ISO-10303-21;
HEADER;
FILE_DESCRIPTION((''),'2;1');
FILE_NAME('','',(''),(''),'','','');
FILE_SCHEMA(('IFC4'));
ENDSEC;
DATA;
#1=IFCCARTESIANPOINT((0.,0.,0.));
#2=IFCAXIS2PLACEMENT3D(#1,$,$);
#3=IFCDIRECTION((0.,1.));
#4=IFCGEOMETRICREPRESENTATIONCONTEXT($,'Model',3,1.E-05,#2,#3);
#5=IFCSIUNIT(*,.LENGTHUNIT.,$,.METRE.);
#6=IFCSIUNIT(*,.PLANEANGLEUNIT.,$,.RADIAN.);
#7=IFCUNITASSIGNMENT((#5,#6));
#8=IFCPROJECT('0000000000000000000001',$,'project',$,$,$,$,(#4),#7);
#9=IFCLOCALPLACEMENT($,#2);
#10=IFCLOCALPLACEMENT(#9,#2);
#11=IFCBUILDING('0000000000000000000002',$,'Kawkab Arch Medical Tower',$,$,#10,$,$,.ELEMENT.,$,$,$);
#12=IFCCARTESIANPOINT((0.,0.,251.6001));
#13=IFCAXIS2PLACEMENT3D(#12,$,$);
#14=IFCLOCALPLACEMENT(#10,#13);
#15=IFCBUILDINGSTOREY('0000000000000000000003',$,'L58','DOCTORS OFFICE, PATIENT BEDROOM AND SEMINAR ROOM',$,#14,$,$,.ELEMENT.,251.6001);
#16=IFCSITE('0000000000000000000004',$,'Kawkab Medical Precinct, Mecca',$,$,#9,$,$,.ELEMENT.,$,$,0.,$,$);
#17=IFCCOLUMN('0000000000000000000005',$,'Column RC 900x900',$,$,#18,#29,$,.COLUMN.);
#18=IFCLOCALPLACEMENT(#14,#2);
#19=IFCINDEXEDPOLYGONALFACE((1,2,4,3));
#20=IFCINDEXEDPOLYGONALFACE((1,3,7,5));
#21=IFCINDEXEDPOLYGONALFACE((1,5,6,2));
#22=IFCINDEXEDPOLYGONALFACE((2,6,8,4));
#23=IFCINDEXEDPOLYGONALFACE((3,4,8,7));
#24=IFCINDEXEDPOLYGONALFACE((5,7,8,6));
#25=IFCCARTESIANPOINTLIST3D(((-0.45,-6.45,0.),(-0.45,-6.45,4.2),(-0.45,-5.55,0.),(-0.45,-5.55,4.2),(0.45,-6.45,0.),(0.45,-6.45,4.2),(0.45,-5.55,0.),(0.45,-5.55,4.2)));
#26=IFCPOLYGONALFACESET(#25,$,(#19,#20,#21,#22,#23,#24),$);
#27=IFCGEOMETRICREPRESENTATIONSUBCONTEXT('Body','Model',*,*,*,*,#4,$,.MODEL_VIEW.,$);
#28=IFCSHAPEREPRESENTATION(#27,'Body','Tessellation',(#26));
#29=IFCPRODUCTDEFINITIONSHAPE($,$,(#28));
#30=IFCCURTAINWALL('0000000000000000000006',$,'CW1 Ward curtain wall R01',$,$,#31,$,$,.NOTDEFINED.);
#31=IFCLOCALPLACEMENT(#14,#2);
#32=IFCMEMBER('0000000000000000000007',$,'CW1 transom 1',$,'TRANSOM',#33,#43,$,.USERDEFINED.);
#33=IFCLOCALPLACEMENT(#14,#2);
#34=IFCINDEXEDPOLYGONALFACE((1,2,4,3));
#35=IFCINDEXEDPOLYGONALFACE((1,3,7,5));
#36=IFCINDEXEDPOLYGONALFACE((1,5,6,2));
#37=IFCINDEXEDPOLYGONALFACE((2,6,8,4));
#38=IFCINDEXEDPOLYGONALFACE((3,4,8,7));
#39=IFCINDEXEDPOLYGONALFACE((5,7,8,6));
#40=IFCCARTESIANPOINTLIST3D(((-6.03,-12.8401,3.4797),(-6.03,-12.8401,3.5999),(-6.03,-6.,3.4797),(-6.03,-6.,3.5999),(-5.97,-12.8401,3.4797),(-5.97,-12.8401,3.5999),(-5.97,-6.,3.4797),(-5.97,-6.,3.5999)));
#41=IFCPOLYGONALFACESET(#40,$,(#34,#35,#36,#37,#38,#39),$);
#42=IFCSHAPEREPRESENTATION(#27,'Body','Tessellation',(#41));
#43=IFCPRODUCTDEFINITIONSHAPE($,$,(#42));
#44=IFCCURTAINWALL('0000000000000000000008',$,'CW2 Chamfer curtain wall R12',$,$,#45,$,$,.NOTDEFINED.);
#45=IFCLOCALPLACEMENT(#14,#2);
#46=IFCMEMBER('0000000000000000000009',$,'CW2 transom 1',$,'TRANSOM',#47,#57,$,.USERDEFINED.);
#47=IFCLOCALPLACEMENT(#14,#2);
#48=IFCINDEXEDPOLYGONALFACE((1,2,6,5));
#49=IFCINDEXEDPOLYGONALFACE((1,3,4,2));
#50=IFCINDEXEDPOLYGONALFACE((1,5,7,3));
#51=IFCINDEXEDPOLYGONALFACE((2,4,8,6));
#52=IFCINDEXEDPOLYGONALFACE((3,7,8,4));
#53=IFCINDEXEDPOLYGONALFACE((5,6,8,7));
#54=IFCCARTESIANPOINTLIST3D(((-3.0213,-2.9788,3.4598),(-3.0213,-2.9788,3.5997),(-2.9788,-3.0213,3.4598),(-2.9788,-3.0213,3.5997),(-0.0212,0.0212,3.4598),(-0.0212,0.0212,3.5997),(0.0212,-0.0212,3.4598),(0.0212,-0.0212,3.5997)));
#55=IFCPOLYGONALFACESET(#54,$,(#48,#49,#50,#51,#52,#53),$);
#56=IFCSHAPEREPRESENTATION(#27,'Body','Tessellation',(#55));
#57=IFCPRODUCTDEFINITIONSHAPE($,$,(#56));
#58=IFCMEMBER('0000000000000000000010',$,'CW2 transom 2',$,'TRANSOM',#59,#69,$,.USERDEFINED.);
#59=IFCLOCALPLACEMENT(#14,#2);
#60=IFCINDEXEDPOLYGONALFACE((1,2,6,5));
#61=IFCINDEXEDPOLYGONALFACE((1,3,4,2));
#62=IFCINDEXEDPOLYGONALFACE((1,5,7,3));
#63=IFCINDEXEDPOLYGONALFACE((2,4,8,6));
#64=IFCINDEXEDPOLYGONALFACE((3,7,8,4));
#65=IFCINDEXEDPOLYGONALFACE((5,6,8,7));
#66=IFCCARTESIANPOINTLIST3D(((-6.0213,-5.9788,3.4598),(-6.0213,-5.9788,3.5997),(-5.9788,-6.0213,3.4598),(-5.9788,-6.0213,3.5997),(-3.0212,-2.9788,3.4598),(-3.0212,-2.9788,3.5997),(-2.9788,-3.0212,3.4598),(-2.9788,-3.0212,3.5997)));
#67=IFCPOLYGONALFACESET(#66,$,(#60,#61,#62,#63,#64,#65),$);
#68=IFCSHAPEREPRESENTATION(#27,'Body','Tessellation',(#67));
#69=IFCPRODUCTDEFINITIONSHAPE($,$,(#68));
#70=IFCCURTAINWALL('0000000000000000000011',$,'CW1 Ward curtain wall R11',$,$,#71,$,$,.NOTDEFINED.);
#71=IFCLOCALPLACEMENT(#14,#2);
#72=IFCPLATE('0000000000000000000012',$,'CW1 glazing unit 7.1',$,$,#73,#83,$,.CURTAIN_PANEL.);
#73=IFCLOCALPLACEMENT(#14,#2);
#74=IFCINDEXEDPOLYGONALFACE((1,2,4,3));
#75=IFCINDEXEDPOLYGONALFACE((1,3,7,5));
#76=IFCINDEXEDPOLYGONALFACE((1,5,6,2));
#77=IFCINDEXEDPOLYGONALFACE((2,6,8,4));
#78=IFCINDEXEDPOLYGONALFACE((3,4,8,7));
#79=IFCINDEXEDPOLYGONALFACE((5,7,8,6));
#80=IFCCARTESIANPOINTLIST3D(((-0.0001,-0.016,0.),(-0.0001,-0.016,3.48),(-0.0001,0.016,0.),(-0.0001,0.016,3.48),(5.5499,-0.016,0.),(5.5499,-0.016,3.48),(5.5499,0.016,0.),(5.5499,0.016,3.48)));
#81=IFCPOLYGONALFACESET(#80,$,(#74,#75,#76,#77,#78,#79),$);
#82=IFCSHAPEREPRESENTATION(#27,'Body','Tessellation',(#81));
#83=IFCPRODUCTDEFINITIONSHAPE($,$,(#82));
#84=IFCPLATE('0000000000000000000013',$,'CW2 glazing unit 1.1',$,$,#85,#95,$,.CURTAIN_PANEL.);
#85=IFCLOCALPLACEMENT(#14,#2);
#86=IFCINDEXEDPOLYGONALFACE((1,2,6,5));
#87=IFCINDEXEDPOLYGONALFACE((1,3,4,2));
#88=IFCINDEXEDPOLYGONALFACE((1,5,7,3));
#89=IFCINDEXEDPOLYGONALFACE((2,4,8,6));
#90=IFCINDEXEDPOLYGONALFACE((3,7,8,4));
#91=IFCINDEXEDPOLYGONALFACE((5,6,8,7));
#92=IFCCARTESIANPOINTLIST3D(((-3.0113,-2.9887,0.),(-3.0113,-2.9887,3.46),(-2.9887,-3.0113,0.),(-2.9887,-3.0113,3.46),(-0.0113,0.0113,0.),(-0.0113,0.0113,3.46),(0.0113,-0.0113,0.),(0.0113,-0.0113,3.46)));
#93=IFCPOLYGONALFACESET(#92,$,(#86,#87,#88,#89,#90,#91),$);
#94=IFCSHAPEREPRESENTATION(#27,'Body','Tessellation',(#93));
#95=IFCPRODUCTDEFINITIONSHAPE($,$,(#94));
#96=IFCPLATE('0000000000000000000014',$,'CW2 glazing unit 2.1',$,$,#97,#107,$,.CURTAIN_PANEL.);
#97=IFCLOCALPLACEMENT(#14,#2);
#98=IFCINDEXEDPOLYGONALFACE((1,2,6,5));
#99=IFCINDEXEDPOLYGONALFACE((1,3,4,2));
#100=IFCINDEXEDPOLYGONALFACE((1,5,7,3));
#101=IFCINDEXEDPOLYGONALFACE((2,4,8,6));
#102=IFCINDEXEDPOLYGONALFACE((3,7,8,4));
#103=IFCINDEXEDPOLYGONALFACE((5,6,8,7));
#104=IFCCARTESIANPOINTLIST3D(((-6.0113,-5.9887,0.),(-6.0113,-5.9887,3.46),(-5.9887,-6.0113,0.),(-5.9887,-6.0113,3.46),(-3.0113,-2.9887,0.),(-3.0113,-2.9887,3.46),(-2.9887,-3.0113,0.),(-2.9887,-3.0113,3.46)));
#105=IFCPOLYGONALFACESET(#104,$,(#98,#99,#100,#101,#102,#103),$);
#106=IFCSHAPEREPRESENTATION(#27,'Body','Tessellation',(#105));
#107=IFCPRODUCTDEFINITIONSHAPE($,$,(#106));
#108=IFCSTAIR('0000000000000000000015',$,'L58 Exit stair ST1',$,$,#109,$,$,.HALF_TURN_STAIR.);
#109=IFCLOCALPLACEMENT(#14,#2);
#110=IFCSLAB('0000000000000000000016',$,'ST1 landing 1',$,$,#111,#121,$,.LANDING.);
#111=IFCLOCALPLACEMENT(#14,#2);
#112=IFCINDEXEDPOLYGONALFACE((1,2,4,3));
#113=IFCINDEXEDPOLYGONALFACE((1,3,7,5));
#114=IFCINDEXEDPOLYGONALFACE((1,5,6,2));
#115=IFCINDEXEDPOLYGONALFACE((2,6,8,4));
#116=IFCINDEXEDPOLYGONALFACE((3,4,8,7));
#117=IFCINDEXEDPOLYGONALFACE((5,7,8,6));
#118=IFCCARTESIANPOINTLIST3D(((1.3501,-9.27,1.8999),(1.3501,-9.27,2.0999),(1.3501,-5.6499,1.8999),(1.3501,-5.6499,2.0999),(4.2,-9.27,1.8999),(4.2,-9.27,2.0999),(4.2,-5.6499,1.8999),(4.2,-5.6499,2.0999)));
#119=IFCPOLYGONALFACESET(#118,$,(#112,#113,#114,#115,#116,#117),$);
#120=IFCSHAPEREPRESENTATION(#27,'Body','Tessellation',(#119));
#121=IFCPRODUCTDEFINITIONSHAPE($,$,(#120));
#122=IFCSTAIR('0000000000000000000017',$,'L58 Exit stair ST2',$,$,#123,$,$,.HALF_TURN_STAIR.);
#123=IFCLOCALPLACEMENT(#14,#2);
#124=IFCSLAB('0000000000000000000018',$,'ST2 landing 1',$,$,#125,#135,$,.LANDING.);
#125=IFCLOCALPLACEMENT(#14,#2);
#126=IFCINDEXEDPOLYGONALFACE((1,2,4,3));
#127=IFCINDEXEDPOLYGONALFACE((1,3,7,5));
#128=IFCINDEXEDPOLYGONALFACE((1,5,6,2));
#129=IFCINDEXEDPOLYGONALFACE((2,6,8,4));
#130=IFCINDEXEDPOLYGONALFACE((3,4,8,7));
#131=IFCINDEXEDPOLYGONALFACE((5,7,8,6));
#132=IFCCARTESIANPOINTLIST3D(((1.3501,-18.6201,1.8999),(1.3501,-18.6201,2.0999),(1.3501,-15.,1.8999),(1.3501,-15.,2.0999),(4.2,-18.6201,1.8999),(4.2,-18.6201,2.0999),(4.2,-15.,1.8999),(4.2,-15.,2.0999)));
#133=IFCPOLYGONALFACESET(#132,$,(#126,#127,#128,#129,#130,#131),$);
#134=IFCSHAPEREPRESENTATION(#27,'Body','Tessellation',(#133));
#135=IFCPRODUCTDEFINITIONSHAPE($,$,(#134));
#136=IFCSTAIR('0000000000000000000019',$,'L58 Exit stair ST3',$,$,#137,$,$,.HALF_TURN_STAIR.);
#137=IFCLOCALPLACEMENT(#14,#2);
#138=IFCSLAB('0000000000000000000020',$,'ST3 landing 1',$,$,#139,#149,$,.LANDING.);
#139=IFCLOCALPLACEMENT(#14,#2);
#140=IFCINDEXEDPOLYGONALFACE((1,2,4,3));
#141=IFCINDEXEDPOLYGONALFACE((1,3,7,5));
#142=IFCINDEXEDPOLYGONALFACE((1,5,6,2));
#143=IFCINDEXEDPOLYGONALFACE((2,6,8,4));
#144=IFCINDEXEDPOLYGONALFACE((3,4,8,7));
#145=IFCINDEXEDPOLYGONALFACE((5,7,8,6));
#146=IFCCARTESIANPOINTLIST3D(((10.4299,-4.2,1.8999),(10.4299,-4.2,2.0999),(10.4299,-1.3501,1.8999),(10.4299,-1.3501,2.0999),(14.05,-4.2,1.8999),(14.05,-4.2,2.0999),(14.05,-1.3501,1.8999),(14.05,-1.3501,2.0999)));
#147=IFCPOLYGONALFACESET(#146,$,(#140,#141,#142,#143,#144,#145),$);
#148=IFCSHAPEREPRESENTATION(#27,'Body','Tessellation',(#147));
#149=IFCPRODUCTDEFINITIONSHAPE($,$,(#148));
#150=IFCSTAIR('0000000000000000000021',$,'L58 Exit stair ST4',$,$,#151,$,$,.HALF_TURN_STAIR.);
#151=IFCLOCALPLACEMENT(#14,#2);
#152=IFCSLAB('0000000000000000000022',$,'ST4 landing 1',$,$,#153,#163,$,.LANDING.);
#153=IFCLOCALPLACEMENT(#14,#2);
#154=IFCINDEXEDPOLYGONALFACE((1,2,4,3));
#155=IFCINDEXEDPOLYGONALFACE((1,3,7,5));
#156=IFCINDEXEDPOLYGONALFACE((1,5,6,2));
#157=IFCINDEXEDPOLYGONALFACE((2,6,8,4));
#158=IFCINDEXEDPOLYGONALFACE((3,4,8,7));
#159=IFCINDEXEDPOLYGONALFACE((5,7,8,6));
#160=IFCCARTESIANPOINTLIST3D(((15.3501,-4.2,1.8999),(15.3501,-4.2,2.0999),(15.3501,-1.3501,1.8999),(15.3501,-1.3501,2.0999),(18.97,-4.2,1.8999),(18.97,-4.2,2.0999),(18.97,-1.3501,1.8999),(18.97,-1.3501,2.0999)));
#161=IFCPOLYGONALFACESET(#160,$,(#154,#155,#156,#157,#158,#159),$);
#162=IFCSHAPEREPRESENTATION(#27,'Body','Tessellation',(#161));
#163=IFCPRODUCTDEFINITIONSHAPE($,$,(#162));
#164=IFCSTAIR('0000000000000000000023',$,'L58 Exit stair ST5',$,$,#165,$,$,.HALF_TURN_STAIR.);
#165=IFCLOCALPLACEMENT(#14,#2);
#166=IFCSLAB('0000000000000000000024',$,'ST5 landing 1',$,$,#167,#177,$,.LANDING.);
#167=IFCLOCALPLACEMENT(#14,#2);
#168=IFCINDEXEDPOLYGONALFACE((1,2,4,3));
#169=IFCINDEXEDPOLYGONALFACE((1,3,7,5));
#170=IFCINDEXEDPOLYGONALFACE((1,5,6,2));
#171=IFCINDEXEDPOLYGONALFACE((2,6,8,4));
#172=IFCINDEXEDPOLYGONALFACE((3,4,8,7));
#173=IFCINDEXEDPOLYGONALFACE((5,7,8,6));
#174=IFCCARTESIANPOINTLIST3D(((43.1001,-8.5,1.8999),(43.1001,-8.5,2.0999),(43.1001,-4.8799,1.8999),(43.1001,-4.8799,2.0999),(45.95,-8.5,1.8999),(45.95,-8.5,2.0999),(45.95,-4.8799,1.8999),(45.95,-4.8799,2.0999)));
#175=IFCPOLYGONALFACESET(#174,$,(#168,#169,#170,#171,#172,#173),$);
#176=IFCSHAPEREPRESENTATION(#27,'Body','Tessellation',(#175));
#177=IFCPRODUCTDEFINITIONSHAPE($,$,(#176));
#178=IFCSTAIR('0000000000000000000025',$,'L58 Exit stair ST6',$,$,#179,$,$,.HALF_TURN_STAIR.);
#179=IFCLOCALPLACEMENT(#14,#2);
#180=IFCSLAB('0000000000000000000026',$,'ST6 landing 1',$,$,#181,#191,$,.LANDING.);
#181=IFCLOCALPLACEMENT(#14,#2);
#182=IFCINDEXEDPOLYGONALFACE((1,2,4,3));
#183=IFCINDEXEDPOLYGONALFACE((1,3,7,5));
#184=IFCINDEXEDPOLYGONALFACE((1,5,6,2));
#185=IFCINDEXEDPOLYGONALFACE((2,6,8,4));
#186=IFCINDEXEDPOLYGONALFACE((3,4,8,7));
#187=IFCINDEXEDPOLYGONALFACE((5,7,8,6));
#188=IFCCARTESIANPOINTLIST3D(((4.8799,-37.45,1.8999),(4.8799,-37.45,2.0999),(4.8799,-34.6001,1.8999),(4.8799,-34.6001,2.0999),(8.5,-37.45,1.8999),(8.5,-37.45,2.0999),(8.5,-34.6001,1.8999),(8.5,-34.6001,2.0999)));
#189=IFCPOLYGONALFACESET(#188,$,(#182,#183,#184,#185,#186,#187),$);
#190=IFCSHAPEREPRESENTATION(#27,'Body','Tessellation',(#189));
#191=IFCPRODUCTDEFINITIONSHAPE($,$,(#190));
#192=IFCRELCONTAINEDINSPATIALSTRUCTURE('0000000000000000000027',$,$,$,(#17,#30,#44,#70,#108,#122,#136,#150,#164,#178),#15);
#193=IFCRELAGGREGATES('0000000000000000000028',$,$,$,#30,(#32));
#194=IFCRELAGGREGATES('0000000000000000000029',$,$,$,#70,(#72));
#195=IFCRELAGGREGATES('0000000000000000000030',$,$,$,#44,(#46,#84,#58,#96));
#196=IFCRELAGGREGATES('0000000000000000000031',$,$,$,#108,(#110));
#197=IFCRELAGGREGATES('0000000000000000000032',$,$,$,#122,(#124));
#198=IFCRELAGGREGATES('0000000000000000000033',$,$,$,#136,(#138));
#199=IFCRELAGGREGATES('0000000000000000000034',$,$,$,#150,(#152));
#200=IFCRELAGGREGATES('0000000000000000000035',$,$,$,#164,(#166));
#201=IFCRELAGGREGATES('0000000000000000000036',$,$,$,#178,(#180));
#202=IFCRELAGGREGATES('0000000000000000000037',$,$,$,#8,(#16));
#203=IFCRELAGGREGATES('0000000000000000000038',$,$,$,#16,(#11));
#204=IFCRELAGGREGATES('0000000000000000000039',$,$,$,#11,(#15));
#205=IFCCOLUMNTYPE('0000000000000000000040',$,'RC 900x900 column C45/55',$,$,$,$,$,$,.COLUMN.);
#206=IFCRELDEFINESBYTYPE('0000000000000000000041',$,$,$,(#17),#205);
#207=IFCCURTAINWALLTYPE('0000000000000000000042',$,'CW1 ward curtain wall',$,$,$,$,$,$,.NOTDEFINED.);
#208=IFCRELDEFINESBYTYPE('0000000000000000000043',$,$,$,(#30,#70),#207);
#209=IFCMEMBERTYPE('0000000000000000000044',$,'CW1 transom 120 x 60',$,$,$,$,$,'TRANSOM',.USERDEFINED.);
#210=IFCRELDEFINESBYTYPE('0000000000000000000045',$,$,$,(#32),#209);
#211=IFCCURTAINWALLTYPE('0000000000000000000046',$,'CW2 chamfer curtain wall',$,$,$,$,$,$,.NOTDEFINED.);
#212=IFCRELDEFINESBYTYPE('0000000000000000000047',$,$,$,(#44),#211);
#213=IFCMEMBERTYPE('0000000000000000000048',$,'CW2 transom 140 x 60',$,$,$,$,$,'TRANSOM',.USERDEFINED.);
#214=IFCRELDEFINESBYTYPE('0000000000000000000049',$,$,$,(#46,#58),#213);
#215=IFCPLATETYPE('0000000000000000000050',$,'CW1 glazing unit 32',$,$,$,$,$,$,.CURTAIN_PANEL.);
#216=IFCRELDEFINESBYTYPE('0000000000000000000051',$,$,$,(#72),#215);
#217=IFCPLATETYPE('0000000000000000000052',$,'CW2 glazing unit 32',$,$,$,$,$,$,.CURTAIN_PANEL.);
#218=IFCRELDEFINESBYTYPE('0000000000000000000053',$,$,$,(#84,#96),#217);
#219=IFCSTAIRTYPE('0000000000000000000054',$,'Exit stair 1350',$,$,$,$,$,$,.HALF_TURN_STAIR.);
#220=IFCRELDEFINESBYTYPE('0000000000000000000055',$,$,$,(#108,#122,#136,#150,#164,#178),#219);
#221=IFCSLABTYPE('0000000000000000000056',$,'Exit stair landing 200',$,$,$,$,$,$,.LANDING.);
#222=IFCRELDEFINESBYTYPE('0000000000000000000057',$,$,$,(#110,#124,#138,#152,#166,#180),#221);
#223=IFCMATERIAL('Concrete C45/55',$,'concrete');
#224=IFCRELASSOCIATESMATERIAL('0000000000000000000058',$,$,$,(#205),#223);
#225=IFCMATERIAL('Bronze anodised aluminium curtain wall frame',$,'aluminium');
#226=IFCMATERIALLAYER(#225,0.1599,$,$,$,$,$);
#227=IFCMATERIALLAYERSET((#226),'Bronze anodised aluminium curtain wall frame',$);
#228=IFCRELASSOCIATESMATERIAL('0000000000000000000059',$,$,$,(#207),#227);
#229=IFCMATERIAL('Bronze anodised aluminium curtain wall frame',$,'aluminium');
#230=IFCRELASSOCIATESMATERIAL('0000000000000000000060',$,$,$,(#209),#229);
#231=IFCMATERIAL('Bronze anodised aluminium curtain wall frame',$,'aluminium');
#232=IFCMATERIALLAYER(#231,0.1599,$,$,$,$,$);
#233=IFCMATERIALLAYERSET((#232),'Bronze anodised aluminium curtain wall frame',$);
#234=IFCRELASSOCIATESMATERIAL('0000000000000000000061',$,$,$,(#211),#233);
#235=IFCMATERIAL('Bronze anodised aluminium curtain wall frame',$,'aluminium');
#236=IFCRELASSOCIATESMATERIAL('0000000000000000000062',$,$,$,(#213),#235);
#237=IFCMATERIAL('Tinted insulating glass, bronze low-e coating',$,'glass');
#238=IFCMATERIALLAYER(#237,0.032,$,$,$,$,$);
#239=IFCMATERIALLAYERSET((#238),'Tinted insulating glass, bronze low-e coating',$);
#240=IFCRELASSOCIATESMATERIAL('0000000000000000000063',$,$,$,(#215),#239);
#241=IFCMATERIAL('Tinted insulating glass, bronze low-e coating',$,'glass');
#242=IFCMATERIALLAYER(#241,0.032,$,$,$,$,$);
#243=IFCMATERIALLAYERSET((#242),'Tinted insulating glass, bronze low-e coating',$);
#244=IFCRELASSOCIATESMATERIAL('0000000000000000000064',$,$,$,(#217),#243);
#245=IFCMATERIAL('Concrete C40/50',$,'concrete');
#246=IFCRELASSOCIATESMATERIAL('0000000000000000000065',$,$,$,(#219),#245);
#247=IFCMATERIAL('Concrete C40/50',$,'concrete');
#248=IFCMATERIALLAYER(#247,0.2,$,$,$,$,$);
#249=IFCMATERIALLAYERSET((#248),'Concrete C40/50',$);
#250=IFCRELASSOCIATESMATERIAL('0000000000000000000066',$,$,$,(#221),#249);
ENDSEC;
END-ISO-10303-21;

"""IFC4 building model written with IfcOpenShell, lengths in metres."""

from ifc_helpers import new_model, si_unit, direction, frame, origin, origin_2d, place, context, subcontext, project, spatial, polyline, rectangle, outline, extrude, material, layer, layer_set, material_profile, profile_set, type_object, element, aggregate, save


model = new_model("IFC4")

# Units and contexts
model_context = context("Model", 3, precision=1e-05, world=origin(), true_north=direction((0.0, 1.0)))
body_context = subcontext(model_context, "Body", "Model", "MODEL_VIEW")
ifc_project = project(units=[si_unit("LENGTHUNIT", "METRE"), si_unit("PLANEANGLEUNIT", "RADIAN")], contexts=[model_context])

# Site, building, storey
site_placement = place(None, origin())
site = spatial("IfcSite", under=ifc_project, at=site_placement, Name="Kawkab Medical Precinct, Mecca", CompositionType="ELEMENT", RefElevation=0.0)
building_placement = place(site_placement, origin())
building = spatial("IfcBuilding", under=site, at=building_placement, Name="Kawkab Arch Medical Tower", CompositionType="ELEMENT")
storey_placement = place(building_placement, frame((0.0, 0.0, 251.6001)))
storey = spatial("IfcBuildingStorey", under=building, at=storey_placement, Name="L58", Description="DOCTORS OFFICE, PATIENT BEDROOM AND SEMINAR ROOM", CompositionType="ELEMENT", Elevation=251.6001)

# Column
ifc_material_1 = material(Name="Concrete C45/55", Category="concrete")
ifc_material_profile_1 = material_profile(ifc_material_1, rectangle(XDim=0.8999, YDim=0.8999, at=origin_2d()), Name="RC 900x900")
ifc_profile_set_1 = profile_set([ifc_material_profile_1], Name="Concrete C45/55")
column_type = type_object("IfcColumnType", Name="RC 900x900 column C45/55", PredefinedType="COLUMN", material=ifc_profile_set_1)
column_placement = place(storey_placement, frame((0.0, -6.0, 0.0), z_axis=(0.0, 0.0, 1.0), x_axis=(1.0, 0.0, 0.0)))
element("IfcColumn", 1, at=column_placement, inside=storey, type_object=column_type, Name="Column RC 900x900", PredefinedType="COLUMN", context=body_context, shape_type="SweptSolid", body=[
    extrude(rectangle(XDim=0.8999, YDim=0.8999, at=origin_2d()), origin(), (0.0, 0.0, 1.0), 4.2),
])

# Curtain wall, member
ifc_material_2 = material(Name="Bronze anodised aluminium curtain wall frame", Category="aluminium")
ifc_layer_1 = layer(ifc_material_2, 0.1599)
ifc_layer_set_1 = layer_set([ifc_layer_1], Name="Bronze anodised aluminium curtain wall frame")
curtain_wall_type_1 = type_object("IfcCurtainWallType", Name="CW1 ward curtain wall", PredefinedType="NOTDEFINED", material=ifc_layer_set_1)
placement_1 = place(storey_placement, origin())
curtain_wall_1 = element("IfcCurtainWall", 2, at=placement_1, inside=storey, type_object=curtain_wall_type_1, Name="CW1 Ward curtain wall R01", PredefinedType="NOTDEFINED")
ifc_material_3 = material(Name="Bronze anodised aluminium curtain wall frame", Category="aluminium")
ifc_material_profile_2 = material_profile(ifc_material_3, rectangle(XDim=0.0601, YDim=0.1201, at=origin_2d()), Name="AL 60x120")
ifc_profile_set_2 = profile_set([ifc_material_profile_2], Name="Bronze anodised aluminium curtain wall frame")
member_type_1 = type_object("IfcMemberType", Name="CW1 transom 120 x 60", ElementType="TRANSOM", PredefinedType="USERDEFINED", material=ifc_profile_set_2)
member_1_placement = place(storey_placement, frame((-6.0, -6.0, 3.5398), z_axis=(0.0, -1.0, 0.0), x_axis=(1.0, 0.0, 0.0)))
member_1 = element("IfcMember", 3, at=member_1_placement, type_object=member_type_1, Name="CW1 transom 1", ObjectType="TRANSOM", PredefinedType="USERDEFINED", context=body_context, shape_type="SweptSolid", body=[
    extrude(rectangle(XDim=0.0601, YDim=0.1201, at=origin_2d()), origin(), (0.0, 0.0, 1.0), 6.8401),
])
aggregate(curtain_wall_1, [member_1])

# Curtain wall, members
ifc_material_4 = material(Name="Bronze anodised aluminium curtain wall frame", Category="aluminium")
ifc_layer_2 = layer(ifc_material_4, 0.1599)
ifc_layer_set_2 = layer_set([ifc_layer_2], Name="Bronze anodised aluminium curtain wall frame")
curtain_wall_type_2 = type_object("IfcCurtainWallType", Name="CW2 chamfer curtain wall", PredefinedType="NOTDEFINED", material=ifc_layer_set_2)
curtain_wall_2 = element("IfcCurtainWall", 4, at=placement_1, inside=storey, type_object=curtain_wall_type_2, Name="CW2 Chamfer curtain wall R12", PredefinedType="NOTDEFINED")
ifc_material_5 = material(Name="Bronze anodised aluminium curtain wall frame", Category="aluminium")
ifc_material_profile_3 = material_profile(ifc_material_5, rectangle(XDim=0.0601, YDim=0.1399, at=origin_2d()), Name="AL 60x140")
ifc_profile_set_3 = profile_set([ifc_material_profile_3], Name="Bronze anodised aluminium curtain wall frame")
member_type_2 = type_object("IfcMemberType", Name="CW2 transom 140 x 60", ElementType="TRANSOM", PredefinedType="USERDEFINED", material=ifc_profile_set_3)
member_2_placement = place(storey_placement, frame((0.0, 0.0, 3.5298), z_axis=(-0.707107, -0.707107, 0.0), x_axis=(0.707107, -0.707107, 0.0)))
member_2 = element("IfcMember", 5, at=member_2_placement, type_object=member_type_2, Name="CW2 transom 1", ObjectType="TRANSOM", PredefinedType="USERDEFINED", context=body_context, shape_type="SweptSolid", body=[
    extrude(rectangle(XDim=0.0601, YDim=0.1399, at=origin_2d()), origin(), (0.0, 0.0, 1.0), 4.2427),
])
member_3_placement = place(storey_placement, frame((-3.0, -3.0, 3.5298), z_axis=(-0.707107, -0.707107, 0.0), x_axis=(0.707107, -0.707107, 0.0)))
member_3 = element("IfcMember", 6, at=member_3_placement, type_object=member_type_2, Name="CW2 transom 2", ObjectType="TRANSOM", PredefinedType="USERDEFINED", context=body_context, shape_type="SweptSolid", body=[
    extrude(rectangle(XDim=0.0601, YDim=0.1399, at=origin_2d()), origin(), (0.0, 0.0, 1.0), 4.2427),
])

# Curtain wall, plate
curtain_wall_3 = element("IfcCurtainWall", 7, at=placement_1, inside=storey, type_object=curtain_wall_type_1, Name="CW1 Ward curtain wall R11", PredefinedType="NOTDEFINED")
ifc_material_6 = material(Name="Tinted insulating glass, bronze low-e coating", Category="glass")
ifc_layer_3 = layer(ifc_material_6, 0.032)
ifc_layer_set_3 = layer_set([ifc_layer_3], Name="Tinted insulating glass, bronze low-e coating")
plate_type_1 = type_object("IfcPlateType", Name="CW1 glazing unit 32", PredefinedType="CURTAIN_PANEL", material=ifc_layer_set_3)
plate_1_placement = place(storey_placement, frame((2.7749, 0.0, 0.0), z_axis=(0.0, 0.0, 1.0), x_axis=(-1.0, 0.0, 0.0)))
plate_1 = element("IfcPlate", 8, at=plate_1_placement, type_object=plate_type_1, Name="CW1 glazing unit 7.1", PredefinedType="CURTAIN_PANEL", context=body_context, shape_type="SweptSolid", body=[
    extrude(rectangle(XDim=5.55, YDim=0.032, at=origin_2d()), origin(), (0.0, 0.0, 1.0), 3.48),
])
aggregate(curtain_wall_3, [plate_1])

# Plates
ifc_material_7 = material(Name="Tinted insulating glass, bronze low-e coating", Category="glass")
ifc_layer_4 = layer(ifc_material_7, 0.032)
ifc_layer_set_4 = layer_set([ifc_layer_4], Name="Tinted insulating glass, bronze low-e coating")
plate_type_2 = type_object("IfcPlateType", Name="CW2 glazing unit 32", PredefinedType="CURTAIN_PANEL", material=ifc_layer_set_4)
plate_2_placement = place(storey_placement, frame((-1.5, -1.5, 0.0), z_axis=(0.0, 0.0, 1.0), x_axis=(-0.707107, -0.707107, 0.0)))
plate_2 = element("IfcPlate", 9, at=plate_2_placement, type_object=plate_type_2, Name="CW2 glazing unit 1.1", PredefinedType="CURTAIN_PANEL", context=body_context, shape_type="SweptSolid", body=[
    extrude(rectangle(XDim=4.2427, YDim=0.032, at=origin_2d()), origin(), (0.0, 0.0, 1.0), 3.46),
])
plate_3_placement = place(storey_placement, frame((-4.5, -4.5, 0.0), z_axis=(0.0, 0.0, 1.0), x_axis=(-0.707107, -0.707107, 0.0)))
plate_3 = element("IfcPlate", 10, at=plate_3_placement, type_object=plate_type_2, Name="CW2 glazing unit 2.1", PredefinedType="CURTAIN_PANEL", context=body_context, shape_type="SweptSolid", body=[
    extrude(rectangle(XDim=4.2427, YDim=0.032, at=origin_2d()), origin(), (0.0, 0.0, 1.0), 3.46),
])
aggregate(curtain_wall_2, [member_2, plate_2, member_3, plate_3])

# Stairs, slabs
ifc_material_8 = material(Name="Concrete C40/50", Category="concrete")
stair_type = type_object("IfcStairType", Name="Exit stair 1350", PredefinedType="HALF_TURN_STAIR", material=ifc_material_8)
stair_1 = element("IfcStair", 11, at=placement_1, inside=storey, type_object=stair_type, Name="L58 Exit stair ST1", PredefinedType="HALF_TURN_STAIR")
ifc_material_9 = material(Name="Concrete C40/50", Category="concrete")
ifc_layer_5 = layer(ifc_material_9, 0.2)
ifc_layer_set_5 = layer_set([ifc_layer_5], Name="Concrete C40/50")
slab_type_1 = type_object("IfcSlabType", Name="Exit stair landing 200", PredefinedType="LANDING", material=ifc_layer_set_5)
placement_2 = place(storey_placement, frame((0.0, 0.0, 1.8999)))
slab_1 = element("IfcSlab", 12, at=placement_2, type_object=slab_type_1, Name="ST1 landing 1", PredefinedType="LANDING", context=body_context, shape_type="SweptSolid", body=[
    extrude(outline(polyline([(4.2, -9.27), (4.2, -5.6499), (1.3501, -5.6499), (1.3501, -9.27), (4.2, -9.27)])), origin(), (0.0, 0.0, 1.0), 0.2),
])
aggregate(stair_1, [slab_1])
stair_2 = element("IfcStair", 13, at=placement_1, inside=storey, type_object=stair_type, Name="L58 Exit stair ST2", PredefinedType="HALF_TURN_STAIR")
slab_2 = element("IfcSlab", 14, at=placement_2, type_object=slab_type_1, Name="ST2 landing 1", PredefinedType="LANDING", context=body_context, shape_type="SweptSolid", body=[
    extrude(outline(polyline([(4.2, -18.6201), (4.2, -15.0), (1.3501, -15.0), (1.3501, -18.6201), (4.2, -18.6201)])), origin(), (0.0, 0.0, 1.0), 0.2),
])
aggregate(stair_2, [slab_2])
stair_3 = element("IfcStair", 15, at=placement_1, inside=storey, type_object=stair_type, Name="L58 Exit stair ST3", PredefinedType="HALF_TURN_STAIR")
slab_3 = element("IfcSlab", 16, at=placement_2, type_object=slab_type_1, Name="ST3 landing 1", PredefinedType="LANDING", context=body_context, shape_type="SweptSolid", body=[
    extrude(outline(polyline([(10.4299, -4.2), (14.05, -4.2), (14.05, -1.3501), (10.4299, -1.3501), (10.4299, -4.2)])), origin(), (0.0, 0.0, 1.0), 0.2),
])
aggregate(stair_3, [slab_3])
stair_4 = element("IfcStair", 17, at=placement_1, inside=storey, type_object=stair_type, Name="L58 Exit stair ST4", PredefinedType="HALF_TURN_STAIR")
slab_4 = element("IfcSlab", 18, at=placement_2, type_object=slab_type_1, Name="ST4 landing 1", PredefinedType="LANDING", context=body_context, shape_type="SweptSolid", body=[
    extrude(outline(polyline([(18.97, -1.3501), (15.3501, -1.3501), (15.3501, -4.2), (18.97, -4.2), (18.97, -1.3501)])), origin(), (0.0, 0.0, 1.0), 0.2),
])
aggregate(stair_4, [slab_4])
stair_5 = element("IfcStair", 19, at=placement_1, inside=storey, type_object=stair_type, Name="L58 Exit stair ST5", PredefinedType="HALF_TURN_STAIR")
slab_5 = element("IfcSlab", 20, at=placement_2, type_object=slab_type_1, Name="ST5 landing 1", PredefinedType="LANDING", context=body_context, shape_type="SweptSolid", body=[
    extrude(outline(polyline([(43.1001, -4.8799), (43.1001, -8.5), (45.95, -8.5), (45.95, -4.8799), (43.1001, -4.8799)])), origin(), (0.0, 0.0, 1.0), 0.2),
])
aggregate(stair_5, [slab_5])
stair_6 = element("IfcStair", 21, at=placement_1, inside=storey, type_object=stair_type, Name="L58 Exit stair ST6", PredefinedType="HALF_TURN_STAIR")
slab_6 = element("IfcSlab", 22, at=placement_2, type_object=slab_type_1, Name="ST6 landing 1", PredefinedType="LANDING", context=body_context, shape_type="SweptSolid", body=[
    extrude(outline(polyline([(4.8799, -37.45), (8.5, -37.45), (8.5, -34.6001), (4.8799, -34.6001), (4.8799, -37.45)])), origin(), (0.0, 0.0, 1.0), 0.2),
])
aggregate(stair_6, [slab_6])

save(model, "model.ifc")
